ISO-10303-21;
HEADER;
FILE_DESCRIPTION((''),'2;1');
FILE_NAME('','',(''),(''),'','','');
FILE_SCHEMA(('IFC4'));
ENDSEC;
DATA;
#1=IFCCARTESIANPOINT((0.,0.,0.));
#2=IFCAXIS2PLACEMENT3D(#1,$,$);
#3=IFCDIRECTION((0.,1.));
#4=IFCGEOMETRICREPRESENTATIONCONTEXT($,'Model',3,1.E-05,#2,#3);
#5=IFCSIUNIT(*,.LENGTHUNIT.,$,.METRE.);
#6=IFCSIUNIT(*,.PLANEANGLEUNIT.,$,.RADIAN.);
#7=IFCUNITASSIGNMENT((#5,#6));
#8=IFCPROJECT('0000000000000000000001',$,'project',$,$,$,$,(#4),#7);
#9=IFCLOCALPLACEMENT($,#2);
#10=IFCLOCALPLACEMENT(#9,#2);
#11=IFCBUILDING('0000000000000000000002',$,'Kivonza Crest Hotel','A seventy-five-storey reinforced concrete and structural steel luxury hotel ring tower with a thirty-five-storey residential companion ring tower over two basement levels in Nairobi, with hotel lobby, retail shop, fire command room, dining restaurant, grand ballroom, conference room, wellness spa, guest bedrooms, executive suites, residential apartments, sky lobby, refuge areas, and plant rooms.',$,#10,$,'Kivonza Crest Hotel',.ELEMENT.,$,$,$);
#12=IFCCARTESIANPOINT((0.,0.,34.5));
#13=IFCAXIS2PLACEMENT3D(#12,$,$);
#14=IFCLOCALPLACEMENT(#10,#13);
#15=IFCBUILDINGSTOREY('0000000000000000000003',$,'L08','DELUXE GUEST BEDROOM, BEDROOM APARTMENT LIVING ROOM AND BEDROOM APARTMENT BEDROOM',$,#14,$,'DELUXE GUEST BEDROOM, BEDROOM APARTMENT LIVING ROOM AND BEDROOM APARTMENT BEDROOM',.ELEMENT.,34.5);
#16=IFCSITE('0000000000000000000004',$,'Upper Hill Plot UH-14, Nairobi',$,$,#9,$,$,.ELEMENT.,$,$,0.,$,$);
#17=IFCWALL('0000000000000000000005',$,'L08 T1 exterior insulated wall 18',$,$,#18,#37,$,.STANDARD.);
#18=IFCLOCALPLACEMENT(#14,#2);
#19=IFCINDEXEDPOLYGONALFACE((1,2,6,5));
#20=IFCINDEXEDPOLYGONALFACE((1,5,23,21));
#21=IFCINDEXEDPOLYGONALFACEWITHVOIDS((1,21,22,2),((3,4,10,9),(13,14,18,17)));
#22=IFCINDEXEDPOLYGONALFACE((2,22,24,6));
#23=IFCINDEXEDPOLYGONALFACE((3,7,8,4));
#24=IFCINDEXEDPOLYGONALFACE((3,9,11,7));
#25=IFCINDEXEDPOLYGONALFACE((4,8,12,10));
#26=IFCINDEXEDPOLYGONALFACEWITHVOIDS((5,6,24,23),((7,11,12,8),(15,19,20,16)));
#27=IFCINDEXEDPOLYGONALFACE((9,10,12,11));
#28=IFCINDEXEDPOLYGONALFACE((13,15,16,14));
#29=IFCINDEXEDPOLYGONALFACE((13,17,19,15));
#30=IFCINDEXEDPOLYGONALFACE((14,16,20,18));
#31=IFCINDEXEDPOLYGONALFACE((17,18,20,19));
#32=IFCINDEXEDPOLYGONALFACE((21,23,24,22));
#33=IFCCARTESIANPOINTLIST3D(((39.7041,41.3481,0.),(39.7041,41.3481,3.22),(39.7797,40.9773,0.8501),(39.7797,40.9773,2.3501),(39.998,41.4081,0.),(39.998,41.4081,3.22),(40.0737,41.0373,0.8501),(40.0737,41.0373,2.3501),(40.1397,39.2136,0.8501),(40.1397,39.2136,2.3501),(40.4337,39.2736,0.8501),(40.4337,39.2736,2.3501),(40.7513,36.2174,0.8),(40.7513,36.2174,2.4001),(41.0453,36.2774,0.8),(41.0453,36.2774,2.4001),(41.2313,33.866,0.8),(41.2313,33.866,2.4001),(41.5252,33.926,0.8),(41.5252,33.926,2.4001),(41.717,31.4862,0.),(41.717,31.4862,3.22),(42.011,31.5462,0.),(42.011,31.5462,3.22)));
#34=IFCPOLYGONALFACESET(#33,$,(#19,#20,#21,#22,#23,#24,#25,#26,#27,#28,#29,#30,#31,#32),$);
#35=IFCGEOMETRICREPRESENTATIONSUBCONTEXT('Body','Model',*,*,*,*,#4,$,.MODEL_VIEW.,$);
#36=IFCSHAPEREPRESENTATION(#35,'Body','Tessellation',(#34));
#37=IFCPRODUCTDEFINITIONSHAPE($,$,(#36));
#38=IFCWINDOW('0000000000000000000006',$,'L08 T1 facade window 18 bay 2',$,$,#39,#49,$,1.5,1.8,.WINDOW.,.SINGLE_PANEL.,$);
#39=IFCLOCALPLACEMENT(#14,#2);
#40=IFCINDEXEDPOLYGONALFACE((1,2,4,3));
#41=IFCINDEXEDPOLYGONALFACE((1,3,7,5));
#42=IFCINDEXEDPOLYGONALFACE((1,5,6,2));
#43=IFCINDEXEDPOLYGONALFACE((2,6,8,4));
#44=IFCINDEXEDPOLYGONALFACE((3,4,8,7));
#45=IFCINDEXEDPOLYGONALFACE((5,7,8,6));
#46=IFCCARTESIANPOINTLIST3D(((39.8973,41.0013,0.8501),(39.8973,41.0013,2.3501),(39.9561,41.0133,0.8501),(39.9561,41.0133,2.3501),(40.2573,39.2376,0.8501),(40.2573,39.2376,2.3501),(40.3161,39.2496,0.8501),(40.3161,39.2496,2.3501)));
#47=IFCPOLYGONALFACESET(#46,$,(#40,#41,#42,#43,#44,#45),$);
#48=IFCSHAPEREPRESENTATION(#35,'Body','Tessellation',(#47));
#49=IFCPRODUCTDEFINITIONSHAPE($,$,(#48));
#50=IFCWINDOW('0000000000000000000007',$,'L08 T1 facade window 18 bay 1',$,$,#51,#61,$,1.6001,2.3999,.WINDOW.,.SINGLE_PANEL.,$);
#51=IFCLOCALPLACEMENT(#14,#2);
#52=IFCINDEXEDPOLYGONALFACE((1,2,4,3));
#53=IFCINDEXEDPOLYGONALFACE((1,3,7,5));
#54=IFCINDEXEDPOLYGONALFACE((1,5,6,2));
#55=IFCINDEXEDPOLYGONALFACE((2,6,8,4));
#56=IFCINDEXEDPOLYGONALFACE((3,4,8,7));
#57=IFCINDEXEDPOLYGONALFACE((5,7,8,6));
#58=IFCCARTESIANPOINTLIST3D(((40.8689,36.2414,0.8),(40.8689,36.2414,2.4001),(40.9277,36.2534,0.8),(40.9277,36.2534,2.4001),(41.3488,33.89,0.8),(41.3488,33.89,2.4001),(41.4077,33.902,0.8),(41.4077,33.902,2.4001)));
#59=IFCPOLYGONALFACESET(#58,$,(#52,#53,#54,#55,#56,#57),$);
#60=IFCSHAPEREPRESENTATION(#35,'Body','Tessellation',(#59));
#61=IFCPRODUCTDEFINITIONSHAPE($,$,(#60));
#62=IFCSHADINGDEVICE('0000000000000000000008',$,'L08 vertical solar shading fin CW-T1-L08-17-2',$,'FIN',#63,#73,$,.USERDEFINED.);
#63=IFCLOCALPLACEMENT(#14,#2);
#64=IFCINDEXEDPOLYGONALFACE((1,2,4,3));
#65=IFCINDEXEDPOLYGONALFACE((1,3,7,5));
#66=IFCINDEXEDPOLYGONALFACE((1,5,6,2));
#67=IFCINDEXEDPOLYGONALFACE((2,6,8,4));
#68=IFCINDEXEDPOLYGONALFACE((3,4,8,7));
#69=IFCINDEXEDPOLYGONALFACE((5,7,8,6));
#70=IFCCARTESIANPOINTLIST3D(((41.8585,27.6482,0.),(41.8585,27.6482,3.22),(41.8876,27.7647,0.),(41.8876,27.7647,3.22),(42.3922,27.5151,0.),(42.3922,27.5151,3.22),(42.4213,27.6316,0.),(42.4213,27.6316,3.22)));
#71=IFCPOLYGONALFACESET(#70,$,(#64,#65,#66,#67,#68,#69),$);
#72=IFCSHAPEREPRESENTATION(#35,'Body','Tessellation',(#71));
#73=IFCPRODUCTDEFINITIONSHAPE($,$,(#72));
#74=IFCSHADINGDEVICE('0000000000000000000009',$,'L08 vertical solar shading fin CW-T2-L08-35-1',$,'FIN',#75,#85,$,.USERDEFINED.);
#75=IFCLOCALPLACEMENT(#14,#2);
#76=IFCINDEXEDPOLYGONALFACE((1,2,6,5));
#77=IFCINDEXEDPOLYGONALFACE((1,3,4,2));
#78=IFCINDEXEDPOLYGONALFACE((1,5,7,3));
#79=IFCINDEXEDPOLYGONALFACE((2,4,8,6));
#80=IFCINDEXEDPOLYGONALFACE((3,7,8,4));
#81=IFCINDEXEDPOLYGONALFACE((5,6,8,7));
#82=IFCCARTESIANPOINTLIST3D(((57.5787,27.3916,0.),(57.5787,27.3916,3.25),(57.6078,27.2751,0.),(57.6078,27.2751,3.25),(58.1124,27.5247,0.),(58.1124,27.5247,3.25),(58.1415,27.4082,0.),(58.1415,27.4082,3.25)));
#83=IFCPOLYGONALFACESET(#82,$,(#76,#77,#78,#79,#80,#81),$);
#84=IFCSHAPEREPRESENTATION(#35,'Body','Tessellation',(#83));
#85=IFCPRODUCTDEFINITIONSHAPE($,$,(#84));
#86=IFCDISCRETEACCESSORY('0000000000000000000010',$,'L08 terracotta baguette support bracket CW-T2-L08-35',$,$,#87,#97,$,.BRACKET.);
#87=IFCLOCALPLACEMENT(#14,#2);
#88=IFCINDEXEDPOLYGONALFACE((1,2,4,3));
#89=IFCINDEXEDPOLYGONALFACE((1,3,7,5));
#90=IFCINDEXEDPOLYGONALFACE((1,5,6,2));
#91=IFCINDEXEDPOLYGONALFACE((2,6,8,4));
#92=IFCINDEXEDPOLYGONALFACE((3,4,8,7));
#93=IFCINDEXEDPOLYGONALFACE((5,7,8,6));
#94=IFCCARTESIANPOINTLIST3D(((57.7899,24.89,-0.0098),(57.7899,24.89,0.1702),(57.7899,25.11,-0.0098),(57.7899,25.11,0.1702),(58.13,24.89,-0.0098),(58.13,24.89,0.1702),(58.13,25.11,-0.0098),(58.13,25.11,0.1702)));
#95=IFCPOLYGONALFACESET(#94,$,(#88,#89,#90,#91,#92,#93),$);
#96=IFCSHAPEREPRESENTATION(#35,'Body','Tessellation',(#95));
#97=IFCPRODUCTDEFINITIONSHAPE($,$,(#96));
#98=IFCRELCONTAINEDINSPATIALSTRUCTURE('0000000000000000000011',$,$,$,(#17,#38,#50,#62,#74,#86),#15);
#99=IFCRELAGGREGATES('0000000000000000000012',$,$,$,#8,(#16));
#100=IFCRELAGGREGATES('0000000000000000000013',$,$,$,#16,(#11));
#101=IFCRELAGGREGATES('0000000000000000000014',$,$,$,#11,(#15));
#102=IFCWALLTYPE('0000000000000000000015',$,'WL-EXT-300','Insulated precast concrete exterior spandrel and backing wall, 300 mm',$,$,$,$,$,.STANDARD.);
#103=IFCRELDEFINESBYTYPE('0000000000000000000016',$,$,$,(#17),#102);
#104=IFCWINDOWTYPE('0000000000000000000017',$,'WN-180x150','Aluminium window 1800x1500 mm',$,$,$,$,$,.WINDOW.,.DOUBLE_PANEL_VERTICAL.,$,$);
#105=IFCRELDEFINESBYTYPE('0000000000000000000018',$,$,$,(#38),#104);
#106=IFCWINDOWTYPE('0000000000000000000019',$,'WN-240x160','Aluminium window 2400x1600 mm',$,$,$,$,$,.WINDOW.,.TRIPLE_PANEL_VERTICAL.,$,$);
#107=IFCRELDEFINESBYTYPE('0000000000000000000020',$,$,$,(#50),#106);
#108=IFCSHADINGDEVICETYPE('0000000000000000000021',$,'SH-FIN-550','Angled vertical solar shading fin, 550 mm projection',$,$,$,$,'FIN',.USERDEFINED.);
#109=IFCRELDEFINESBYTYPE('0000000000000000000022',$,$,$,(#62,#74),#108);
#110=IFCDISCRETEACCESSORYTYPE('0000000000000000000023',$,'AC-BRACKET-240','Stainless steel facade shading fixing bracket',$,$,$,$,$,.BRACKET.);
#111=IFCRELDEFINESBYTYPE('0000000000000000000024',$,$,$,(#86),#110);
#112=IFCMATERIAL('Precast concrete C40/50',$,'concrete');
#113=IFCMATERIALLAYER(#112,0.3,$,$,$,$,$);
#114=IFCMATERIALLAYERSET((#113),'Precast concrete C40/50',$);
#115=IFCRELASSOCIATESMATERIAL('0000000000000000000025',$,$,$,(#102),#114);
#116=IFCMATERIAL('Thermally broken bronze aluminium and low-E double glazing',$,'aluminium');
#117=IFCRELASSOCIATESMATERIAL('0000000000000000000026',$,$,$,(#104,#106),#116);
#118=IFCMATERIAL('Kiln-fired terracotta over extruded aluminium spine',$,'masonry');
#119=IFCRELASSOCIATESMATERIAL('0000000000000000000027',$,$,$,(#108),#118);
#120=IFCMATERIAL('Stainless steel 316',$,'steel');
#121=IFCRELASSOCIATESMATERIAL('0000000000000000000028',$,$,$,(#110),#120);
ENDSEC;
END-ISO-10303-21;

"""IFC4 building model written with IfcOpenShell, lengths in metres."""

from ifc_helpers import new_model, si_unit, direction, frame, frame_2d, origin, origin_2d, place, context, subcontext, project, spatial, rectangle, extrude, material, layer, layer_set, type_object, element, fill, save


model = new_model("IFC4")

# Units and contexts
model_context = context("Model", 3, precision=1e-05, world=origin(), true_north=direction((0.0, 1.0)))
body_context = subcontext(model_context, "Body", "Model", "MODEL_VIEW")
ifc_project = project(units=[si_unit("LENGTHUNIT", "METRE"), si_unit("PLANEANGLEUNIT", "RADIAN")], contexts=[model_context])

# Site, building, storey
site_placement = place(None, origin())
site = spatial("IfcSite", under=ifc_project, at=site_placement, Name="Upper Hill Plot UH-14, Nairobi", CompositionType="ELEMENT", RefElevation=0.0)
building_placement = place(site_placement, origin())
building = spatial("IfcBuilding", under=site, at=building_placement, Name="Kivonza Crest Hotel", Description="A seventy-five-storey reinforced concrete and structural steel luxury hotel ring tower with a thirty-five-storey residential companion ring tower over two basement levels in Nairobi, with hotel lobby, retail shop, fire command room, dining restaurant, grand ballroom, conference room, wellness spa, guest bedrooms, executive suites, residential apartments, sky lobby, refuge areas, and plant rooms.", LongName="Kivonza Crest Hotel", CompositionType="ELEMENT")
storey_placement = place(building_placement, frame((0.0, 0.0, 34.5)))
storey = spatial("IfcBuildingStorey", under=building, at=storey_placement, Name="L08", Description="DELUXE GUEST BEDROOM, BEDROOM APARTMENT LIVING ROOM AND BEDROOM APARTMENT BEDROOM", LongName="DELUXE GUEST BEDROOM, BEDROOM APARTMENT LIVING ROOM AND BEDROOM APARTMENT BEDROOM", CompositionType="ELEMENT", Elevation=34.5)

# Wall, openings, windows
ifc_material_1 = material(Name="Precast concrete C40/50", Category="concrete")
ifc_layer_1 = layer(ifc_material_1, 0.3)
ifc_layer_set_1 = layer_set([ifc_layer_1], Name="Precast concrete C40/50")
wall_type_1 = type_object("IfcWallType", Name="WL-EXT-300", Description="Insulated precast concrete exterior spandrel and backing wall, 300 mm", PredefinedType="STANDARD", material=ifc_layer_set_1)
wall_1_placement = place(storey_placement, frame((41.864, 31.5161, 0.0), z_axis=(0.0, 0.0, 1.0), x_axis=(-0.199991, 0.979798, 0.0)))
wall_1 = element("IfcWall", 1, at=wall_1_placement, inside=storey, type_object=wall_type_1, Name="L08 T1 exterior insulated wall 18", PredefinedType="STANDARD", context=body_context, shape_type="SweptSolid", body=[
    extrude(rectangle(XDim=10.0652, YDim=0.3, at=frame_2d((5.0327, 0.0))), origin(), (0.0, 0.0, 1.0), 3.22),
])
opening_1_placement = place(wall_1_placement, frame((2.429, 0.0, 0.8)))
opening_1 = element("IfcOpeningElement", 2, at=opening_1_placement, cuts=wall_1, PredefinedType="OPENING", context=body_context, shape_type="SweptSolid", body=[
    extrude(rectangle(XDim=2.3999, YDim=1.6001, at=frame_2d((1.2, 0.8))), frame((0.0, 0.1602, 0.0), z_axis=(0.0, -1.0, 0.0), x_axis=(1.0, 0.0, 0.0)), (0.0, 0.0, 1.0), 0.3201),
])
opening_2_placement = place(wall_1_placement, frame((7.887, 0.0, 0.8501)))
opening_2 = element("IfcOpeningElement", 3, at=opening_2_placement, cuts=wall_1, PredefinedType="OPENING", context=body_context, shape_type="SweptSolid", body=[
    extrude(rectangle(XDim=1.8, YDim=1.5, at=frame_2d((0.8999, 0.75))), frame((0.0, 0.1602, 0.0), z_axis=(0.0, -1.0, 0.0), x_axis=(1.0, 0.0, 0.0)), (0.0, 0.0, 1.0), 0.3201),
])
ifc_material_2 = material(Name="Thermally broken bronze aluminium and low-E double glazing", Category="aluminium")
window_type_1 = type_object("IfcWindowType", Name="WN-180x150", Description="Aluminium window 1800x1500 mm", PartitioningType="DOUBLE_PANEL_VERTICAL", PredefinedType="WINDOW", material=ifc_material_2)
window_1_placement = place(opening_2_placement, origin())
window_1 = element("IfcWindow", 4, at=window_1_placement, inside=storey, type_object=window_type_1, Name="L08 T1 facade window 18 bay 2", OverallHeight=1.5, OverallWidth=1.8, PartitioningType="SINGLE_PANEL", PredefinedType="WINDOW", context=body_context, shape_type="SweptSolid", body=[
    extrude(rectangle(XDim=1.8, YDim=1.5, at=frame_2d((0.8999, 0.75))), frame((0.0, 0.03, 0.0), z_axis=(0.0, -1.0, 0.0), x_axis=(1.0, 0.0, 0.0)), (0.0, 0.0, 1.0), 0.0601),
])
fill(opening_2, window_1)
window_type_2 = type_object("IfcWindowType", Name="WN-240x160", Description="Aluminium window 2400x1600 mm", PartitioningType="TRIPLE_PANEL_VERTICAL", PredefinedType="WINDOW", material=ifc_material_2)
window_2_placement = place(opening_1_placement, origin())
window_2 = element("IfcWindow", 5, at=window_2_placement, inside=storey, type_object=window_type_2, Name="L08 T1 facade window 18 bay 1", OverallHeight=1.6001, OverallWidth=2.3999, PartitioningType="SINGLE_PANEL", PredefinedType="WINDOW", context=body_context, shape_type="SweptSolid", body=[
    extrude(rectangle(XDim=2.3999, YDim=1.6001, at=frame_2d((1.2, 0.8))), frame((0.0, 0.03, 0.0), z_axis=(0.0, -1.0, 0.0), x_axis=(1.0, 0.0, 0.0)), (0.0, 0.0, 1.0), 0.0601),
])
fill(opening_1, window_2)

# Shading devices
ifc_material_3 = material(Name="Kiln-fired terracotta over extruded aluminium spine", Category="masonry")
shading_device_type = type_object("IfcShadingDeviceType", Name="SH-FIN-550", Description="Angled vertical solar shading fin, 550 mm projection", ElementType="FIN", PredefinedType="USERDEFINED", material=ifc_material_3)
shading_device_1_placement = place(storey_placement, frame((42.1399, 27.6399, 0.0), z_axis=(0.0, 0.0, 1.0), x_axis=(0.241922, 0.970296, 0.0)))
element("IfcShadingDevice", 6, at=shading_device_1_placement, inside=storey, type_object=shading_device_type, Name="L08 vertical solar shading fin CW-T1-L08-17-2", ObjectType="FIN", PredefinedType="USERDEFINED", context=body_context, shape_type="SweptSolid", body=[
    extrude(rectangle(XDim=0.1201, YDim=0.55, at=origin_2d()), origin(), (0.0, 0.0, 1.0), 3.22),
])
shading_device_2_placement = place(storey_placement, frame((57.8601, 27.3999, 0.0), z_axis=(0.0, 0.0, 1.0), x_axis=(0.241922, -0.970296, 0.0)))
element("IfcShadingDevice", 7, at=shading_device_2_placement, inside=storey, type_object=shading_device_type, Name="L08 vertical solar shading fin CW-T2-L08-35-1", ObjectType="FIN", PredefinedType="USERDEFINED", context=body_context, shape_type="SweptSolid", body=[
    extrude(rectangle(XDim=0.1201, YDim=0.55, at=origin_2d()), origin(), (0.0, 0.0, 1.0), 3.25),
])

# Discrete accessory
ifc_material_4 = material(Name="Stainless steel 316", Category="steel")
discrete_accessory_type = type_object("IfcDiscreteAccessoryType", Name="AC-BRACKET-240", Description="Stainless steel facade shading fixing bracket", PredefinedType="BRACKET", material=ifc_material_4)
discrete_accessory_placement = place(storey_placement, frame((57.96, 25.0, -0.0098), z_axis=(0.0, 0.0, 1.0), x_axis=(0.0, -1.0, 0.0)))
element("IfcDiscreteAccessory", 8, at=discrete_accessory_placement, inside=storey, type_object=discrete_accessory_type, Name="L08 terracotta baguette support bracket CW-T2-L08-35", PredefinedType="BRACKET", context=body_context, shape_type="SweptSolid", body=[
    extrude(rectangle(XDim=0.22, YDim=0.3401, at=origin_2d()), origin(), (0.0, 0.0, 1.0), 0.1799),
])

save(model, "model.ifc")
